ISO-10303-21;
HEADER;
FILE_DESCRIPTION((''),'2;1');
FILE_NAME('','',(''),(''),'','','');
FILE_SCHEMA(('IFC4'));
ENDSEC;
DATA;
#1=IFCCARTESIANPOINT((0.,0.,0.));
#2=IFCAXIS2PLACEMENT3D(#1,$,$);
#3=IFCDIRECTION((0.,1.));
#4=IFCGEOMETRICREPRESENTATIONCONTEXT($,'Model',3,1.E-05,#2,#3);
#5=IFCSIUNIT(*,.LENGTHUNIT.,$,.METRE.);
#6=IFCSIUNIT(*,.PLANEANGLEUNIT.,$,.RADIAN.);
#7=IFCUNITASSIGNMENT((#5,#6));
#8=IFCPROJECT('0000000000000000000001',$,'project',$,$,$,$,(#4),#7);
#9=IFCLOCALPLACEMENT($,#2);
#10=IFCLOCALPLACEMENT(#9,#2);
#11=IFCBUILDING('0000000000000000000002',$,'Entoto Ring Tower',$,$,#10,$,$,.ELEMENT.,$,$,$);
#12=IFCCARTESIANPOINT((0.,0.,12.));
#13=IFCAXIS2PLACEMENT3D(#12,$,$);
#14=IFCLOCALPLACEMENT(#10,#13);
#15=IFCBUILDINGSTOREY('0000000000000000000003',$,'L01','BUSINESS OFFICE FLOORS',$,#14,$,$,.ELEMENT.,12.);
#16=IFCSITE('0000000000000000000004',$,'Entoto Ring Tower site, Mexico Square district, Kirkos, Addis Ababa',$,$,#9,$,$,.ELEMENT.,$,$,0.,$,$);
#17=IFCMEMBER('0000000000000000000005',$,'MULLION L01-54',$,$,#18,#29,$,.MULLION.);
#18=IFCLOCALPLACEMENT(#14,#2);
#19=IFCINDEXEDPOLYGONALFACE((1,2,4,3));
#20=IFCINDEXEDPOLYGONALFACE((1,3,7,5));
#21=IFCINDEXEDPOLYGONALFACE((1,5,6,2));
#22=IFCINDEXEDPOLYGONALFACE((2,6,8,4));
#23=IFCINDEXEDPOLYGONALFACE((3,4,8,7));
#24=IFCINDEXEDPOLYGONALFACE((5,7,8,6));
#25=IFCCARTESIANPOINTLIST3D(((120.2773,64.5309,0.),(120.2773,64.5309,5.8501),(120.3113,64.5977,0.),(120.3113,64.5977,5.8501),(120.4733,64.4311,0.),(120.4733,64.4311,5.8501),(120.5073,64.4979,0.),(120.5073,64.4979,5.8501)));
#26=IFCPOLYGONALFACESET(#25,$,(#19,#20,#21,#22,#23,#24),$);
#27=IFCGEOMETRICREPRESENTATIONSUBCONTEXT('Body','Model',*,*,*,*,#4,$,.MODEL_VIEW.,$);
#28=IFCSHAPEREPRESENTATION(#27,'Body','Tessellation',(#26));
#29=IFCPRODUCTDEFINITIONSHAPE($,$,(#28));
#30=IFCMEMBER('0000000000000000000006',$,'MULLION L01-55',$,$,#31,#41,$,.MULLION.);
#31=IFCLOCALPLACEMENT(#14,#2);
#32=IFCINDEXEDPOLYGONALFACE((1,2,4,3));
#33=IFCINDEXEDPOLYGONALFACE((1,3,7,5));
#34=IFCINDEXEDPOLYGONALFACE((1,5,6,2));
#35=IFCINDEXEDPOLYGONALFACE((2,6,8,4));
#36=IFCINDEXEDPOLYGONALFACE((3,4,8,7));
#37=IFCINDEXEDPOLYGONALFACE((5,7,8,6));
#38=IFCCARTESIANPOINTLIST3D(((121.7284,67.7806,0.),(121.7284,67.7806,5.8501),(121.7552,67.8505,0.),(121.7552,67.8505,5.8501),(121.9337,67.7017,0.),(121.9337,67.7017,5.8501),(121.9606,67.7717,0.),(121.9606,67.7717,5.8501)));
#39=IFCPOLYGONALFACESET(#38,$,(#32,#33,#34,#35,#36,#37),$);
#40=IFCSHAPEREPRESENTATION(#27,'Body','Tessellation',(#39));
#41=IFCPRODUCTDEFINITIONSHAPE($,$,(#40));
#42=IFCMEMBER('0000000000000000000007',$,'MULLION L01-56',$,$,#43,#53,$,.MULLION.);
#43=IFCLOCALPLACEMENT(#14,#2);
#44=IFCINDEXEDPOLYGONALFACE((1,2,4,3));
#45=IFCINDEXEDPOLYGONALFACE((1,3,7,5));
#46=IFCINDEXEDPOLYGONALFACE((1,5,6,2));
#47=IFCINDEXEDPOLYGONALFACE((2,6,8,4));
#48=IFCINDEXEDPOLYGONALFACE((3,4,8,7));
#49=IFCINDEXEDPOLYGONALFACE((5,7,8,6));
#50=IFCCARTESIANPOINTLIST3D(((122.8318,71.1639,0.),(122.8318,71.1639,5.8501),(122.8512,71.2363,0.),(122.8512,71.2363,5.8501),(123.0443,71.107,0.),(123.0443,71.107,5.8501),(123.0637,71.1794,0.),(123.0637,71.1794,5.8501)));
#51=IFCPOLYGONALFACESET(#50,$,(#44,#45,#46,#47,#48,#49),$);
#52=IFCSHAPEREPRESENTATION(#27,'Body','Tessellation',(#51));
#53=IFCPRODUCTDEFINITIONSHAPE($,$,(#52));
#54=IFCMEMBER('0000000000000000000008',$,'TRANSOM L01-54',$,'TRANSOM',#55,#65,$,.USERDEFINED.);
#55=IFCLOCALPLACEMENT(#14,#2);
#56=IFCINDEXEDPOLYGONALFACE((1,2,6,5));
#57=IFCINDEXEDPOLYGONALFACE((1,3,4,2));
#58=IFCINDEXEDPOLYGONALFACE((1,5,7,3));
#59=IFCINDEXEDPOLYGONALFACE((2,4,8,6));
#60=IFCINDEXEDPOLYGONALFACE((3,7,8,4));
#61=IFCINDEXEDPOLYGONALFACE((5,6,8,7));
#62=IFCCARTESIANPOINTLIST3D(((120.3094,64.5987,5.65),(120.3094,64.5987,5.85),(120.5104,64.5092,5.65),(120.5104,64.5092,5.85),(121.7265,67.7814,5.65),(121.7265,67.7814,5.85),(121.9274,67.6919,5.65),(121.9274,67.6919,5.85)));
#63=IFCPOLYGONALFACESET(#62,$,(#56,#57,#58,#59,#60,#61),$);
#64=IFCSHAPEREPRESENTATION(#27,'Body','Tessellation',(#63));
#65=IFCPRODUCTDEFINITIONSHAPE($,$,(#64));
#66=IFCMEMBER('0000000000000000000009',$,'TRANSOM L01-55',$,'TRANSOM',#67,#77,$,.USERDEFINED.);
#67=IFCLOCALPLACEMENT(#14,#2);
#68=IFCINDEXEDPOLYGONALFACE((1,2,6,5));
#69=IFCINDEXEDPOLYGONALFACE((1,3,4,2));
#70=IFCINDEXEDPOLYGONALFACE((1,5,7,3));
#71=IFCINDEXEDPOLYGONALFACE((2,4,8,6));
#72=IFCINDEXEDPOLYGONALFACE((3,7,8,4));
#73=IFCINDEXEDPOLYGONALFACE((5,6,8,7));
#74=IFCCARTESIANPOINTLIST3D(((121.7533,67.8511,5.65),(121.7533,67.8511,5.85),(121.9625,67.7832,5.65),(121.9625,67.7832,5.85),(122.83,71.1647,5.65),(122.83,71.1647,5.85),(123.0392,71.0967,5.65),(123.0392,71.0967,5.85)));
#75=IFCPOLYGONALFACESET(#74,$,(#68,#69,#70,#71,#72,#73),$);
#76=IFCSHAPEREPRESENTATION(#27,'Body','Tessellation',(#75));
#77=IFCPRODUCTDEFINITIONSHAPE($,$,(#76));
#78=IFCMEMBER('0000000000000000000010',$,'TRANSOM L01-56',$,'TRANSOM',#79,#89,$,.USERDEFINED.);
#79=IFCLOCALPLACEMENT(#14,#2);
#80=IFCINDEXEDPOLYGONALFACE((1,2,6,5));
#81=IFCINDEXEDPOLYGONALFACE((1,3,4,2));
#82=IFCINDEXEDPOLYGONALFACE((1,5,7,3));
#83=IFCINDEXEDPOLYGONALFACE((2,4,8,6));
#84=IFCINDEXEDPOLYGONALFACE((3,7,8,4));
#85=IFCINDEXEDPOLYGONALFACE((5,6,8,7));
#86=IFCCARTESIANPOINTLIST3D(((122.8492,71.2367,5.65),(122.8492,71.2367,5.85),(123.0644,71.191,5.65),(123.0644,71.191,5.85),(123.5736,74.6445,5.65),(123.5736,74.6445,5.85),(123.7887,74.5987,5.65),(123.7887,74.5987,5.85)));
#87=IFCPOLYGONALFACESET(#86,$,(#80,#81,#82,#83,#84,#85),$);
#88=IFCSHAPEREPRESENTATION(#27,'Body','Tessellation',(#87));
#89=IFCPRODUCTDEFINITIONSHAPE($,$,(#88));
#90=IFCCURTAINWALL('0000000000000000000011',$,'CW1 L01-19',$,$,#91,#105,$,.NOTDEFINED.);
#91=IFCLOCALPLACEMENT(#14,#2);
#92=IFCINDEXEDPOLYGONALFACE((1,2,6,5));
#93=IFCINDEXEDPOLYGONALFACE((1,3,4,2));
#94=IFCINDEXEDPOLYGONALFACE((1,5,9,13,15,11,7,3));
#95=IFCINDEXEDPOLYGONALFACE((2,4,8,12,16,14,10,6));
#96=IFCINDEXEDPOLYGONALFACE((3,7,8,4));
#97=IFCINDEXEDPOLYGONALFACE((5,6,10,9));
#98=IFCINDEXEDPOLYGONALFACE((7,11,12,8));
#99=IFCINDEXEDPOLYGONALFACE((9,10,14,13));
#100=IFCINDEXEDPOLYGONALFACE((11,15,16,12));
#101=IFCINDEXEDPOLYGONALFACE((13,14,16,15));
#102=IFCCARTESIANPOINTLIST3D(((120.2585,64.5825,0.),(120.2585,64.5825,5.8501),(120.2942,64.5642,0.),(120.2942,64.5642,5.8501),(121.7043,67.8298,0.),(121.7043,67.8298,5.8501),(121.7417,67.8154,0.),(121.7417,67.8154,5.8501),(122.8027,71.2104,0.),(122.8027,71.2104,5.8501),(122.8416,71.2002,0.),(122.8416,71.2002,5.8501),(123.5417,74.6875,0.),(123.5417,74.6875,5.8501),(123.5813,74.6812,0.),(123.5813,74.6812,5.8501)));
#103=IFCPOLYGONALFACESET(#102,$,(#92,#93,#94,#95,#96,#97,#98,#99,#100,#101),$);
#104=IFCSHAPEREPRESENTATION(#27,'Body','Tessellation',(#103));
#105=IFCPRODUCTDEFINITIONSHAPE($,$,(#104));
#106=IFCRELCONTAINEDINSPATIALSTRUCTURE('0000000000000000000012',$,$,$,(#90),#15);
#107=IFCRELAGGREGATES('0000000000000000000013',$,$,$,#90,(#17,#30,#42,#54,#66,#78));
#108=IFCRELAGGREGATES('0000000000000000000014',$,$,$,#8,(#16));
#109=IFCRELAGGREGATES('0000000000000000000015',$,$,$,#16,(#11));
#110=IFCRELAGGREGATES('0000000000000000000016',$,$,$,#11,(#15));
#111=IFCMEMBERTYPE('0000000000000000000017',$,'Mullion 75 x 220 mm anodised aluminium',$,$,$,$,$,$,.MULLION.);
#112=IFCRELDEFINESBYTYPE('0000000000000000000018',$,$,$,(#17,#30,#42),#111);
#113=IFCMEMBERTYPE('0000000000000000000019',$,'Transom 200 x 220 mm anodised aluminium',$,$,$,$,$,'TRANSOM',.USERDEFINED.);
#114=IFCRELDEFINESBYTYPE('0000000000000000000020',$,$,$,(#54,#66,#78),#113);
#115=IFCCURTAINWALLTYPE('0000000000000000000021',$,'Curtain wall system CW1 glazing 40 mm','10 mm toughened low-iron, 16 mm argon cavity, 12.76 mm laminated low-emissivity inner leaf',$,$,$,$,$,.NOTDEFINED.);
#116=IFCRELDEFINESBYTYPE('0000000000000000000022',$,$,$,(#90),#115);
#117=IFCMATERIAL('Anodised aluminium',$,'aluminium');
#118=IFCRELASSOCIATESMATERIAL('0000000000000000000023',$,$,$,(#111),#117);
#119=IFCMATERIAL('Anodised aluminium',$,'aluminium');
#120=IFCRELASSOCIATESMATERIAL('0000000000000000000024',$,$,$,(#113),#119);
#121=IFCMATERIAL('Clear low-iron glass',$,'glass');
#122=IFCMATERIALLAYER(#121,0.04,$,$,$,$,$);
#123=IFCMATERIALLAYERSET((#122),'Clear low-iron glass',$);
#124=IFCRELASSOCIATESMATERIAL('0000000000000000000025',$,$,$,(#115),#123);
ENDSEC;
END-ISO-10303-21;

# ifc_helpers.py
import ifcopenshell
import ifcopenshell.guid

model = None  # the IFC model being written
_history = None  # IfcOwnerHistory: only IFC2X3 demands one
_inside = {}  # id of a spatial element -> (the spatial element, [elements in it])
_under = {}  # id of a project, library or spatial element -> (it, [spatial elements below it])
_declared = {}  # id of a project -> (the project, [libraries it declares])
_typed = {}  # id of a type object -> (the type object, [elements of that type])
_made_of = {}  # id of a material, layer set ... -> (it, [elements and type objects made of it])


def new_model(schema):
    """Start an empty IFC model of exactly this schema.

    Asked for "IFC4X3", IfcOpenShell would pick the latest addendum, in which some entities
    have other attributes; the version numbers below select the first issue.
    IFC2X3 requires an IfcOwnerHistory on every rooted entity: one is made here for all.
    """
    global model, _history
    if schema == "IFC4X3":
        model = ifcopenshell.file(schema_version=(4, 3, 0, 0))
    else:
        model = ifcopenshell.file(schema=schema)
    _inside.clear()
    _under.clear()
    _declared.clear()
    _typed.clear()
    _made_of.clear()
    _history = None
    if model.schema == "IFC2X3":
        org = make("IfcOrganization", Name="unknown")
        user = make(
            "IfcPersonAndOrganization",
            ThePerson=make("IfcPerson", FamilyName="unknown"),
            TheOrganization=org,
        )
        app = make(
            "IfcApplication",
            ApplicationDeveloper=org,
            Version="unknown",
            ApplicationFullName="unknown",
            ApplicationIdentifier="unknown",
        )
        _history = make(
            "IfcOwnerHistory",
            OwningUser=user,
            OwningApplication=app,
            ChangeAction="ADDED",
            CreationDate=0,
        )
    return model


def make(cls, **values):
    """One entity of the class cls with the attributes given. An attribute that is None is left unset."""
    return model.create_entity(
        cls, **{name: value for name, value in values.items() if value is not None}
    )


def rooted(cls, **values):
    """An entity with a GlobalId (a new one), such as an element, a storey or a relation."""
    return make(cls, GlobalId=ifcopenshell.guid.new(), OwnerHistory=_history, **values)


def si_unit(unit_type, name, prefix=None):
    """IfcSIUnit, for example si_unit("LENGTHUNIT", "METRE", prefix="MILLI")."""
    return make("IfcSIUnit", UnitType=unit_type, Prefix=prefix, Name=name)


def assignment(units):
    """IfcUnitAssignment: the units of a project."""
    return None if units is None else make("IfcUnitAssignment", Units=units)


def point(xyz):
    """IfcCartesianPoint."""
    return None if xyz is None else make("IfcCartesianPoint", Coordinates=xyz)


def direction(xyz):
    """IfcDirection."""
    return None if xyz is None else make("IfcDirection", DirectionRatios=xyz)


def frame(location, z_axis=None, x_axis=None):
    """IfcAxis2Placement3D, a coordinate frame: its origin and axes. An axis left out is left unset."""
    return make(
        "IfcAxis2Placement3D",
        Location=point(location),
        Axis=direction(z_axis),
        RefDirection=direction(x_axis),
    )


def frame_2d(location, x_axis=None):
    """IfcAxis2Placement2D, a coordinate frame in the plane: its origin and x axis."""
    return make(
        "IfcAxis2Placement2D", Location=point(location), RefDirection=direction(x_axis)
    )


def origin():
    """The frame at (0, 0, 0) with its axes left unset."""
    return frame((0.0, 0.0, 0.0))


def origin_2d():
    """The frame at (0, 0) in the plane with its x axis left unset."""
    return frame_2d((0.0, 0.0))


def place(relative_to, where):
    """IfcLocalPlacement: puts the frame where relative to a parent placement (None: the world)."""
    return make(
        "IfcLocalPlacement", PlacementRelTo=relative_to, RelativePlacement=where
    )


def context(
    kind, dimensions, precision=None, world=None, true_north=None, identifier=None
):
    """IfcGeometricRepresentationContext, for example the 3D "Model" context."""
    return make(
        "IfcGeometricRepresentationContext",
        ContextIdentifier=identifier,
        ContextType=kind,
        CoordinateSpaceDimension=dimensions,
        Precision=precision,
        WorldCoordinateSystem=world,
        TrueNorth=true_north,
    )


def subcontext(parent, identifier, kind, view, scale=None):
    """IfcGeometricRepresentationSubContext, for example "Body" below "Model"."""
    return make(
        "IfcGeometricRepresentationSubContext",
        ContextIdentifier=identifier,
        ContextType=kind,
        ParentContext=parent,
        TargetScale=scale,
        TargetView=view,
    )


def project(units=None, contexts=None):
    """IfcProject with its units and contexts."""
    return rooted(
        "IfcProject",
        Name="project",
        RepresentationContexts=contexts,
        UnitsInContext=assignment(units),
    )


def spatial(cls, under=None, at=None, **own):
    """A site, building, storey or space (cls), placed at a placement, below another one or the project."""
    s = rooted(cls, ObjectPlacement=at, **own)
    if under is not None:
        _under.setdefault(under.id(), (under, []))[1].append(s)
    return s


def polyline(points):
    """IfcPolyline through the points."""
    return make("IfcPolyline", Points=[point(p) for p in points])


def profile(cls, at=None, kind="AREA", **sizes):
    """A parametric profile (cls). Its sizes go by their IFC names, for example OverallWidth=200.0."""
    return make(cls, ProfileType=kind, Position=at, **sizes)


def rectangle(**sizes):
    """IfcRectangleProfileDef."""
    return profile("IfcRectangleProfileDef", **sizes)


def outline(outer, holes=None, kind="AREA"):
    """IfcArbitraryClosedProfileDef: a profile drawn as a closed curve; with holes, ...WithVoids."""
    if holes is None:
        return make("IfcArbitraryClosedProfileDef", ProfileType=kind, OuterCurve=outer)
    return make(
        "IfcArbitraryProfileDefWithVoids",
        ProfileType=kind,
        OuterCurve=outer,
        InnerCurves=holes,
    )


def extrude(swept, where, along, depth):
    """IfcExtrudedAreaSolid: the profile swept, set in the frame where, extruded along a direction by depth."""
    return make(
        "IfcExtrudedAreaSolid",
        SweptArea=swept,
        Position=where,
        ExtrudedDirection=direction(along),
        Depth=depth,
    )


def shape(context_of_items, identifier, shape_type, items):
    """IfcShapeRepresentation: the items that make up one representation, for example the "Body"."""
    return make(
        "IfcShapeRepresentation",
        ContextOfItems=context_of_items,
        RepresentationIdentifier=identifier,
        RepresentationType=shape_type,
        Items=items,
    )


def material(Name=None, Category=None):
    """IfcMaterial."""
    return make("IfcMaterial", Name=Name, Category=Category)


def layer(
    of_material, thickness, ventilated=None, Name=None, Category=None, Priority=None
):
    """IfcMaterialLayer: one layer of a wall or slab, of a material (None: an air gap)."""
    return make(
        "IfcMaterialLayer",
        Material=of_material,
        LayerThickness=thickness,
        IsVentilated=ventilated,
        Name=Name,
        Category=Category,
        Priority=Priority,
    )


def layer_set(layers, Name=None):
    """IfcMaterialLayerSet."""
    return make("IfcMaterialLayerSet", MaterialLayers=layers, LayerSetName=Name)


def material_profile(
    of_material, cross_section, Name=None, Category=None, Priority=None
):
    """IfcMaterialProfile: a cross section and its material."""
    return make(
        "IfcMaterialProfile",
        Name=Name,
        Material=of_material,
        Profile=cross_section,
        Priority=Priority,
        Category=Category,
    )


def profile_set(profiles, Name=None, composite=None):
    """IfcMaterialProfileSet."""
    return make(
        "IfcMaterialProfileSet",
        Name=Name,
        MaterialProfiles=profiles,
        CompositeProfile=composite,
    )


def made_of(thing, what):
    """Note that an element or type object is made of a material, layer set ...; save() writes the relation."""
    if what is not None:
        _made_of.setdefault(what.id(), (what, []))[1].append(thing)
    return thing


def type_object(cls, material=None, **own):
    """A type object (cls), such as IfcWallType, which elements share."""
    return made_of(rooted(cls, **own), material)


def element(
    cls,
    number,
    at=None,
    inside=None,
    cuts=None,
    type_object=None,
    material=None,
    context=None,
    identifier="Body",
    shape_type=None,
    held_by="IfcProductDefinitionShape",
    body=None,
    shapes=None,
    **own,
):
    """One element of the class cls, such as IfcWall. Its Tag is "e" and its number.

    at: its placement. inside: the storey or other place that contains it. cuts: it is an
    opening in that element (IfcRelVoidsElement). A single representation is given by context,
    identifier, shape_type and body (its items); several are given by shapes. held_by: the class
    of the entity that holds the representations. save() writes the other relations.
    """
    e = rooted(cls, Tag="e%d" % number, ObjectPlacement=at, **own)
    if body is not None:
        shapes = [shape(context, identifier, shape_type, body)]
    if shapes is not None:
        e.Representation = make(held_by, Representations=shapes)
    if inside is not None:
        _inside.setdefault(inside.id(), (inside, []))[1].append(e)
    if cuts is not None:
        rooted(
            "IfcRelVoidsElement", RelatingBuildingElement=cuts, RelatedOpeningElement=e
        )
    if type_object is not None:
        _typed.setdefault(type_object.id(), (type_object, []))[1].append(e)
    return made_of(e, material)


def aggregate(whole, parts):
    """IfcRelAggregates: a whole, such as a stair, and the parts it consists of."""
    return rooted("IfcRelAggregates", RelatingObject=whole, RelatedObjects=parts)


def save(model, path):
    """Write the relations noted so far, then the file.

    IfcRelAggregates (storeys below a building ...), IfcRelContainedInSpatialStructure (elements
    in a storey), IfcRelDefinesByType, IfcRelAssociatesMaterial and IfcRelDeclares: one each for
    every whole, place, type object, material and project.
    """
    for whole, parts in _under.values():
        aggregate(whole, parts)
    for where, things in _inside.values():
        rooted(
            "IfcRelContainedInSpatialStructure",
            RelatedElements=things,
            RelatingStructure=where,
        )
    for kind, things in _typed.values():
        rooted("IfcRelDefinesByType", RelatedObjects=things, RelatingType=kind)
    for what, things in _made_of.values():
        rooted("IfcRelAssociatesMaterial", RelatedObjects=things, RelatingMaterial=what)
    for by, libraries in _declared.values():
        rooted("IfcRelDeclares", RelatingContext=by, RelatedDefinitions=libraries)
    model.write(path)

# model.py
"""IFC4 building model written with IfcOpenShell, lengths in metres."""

from ifc_helpers import new_model, si_unit, direction, frame, origin, origin_2d, place, context, subcontext, project, spatial, polyline, rectangle, outline, extrude, material, layer, layer_set, material_profile, profile_set, type_object, element, aggregate, save


model = new_model("IFC4")

# Units and contexts
model_context = context("Model", 3, precision=1e-05, world=origin(), true_north=direction((0.0, 1.0)))
body_context = subcontext(model_context, "Body", "Model", "MODEL_VIEW")
ifc_project = project(units=[si_unit("LENGTHUNIT", "METRE"), si_unit("PLANEANGLEUNIT", "RADIAN")], contexts=[model_context])

# Site, building, storey
site_placement = place(None, origin())
site = spatial("IfcSite", under=ifc_project, at=site_placement, Name="Entoto Ring Tower site, Mexico Square district, Kirkos, Addis Ababa", CompositionType="ELEMENT", RefElevation=0.0)
building_placement = place(site_placement, origin())
building = spatial("IfcBuilding", under=site, at=building_placement, Name="Entoto Ring Tower", CompositionType="ELEMENT")
storey_placement = place(building_placement, frame((0.0, 0.0, 12.0)))
storey = spatial("IfcBuildingStorey", under=building, at=storey_placement, Name="L01", Description="BUSINESS OFFICE FLOORS", CompositionType="ELEMENT", Elevation=12.0)

# Members
ifc_material_1 = material(Name="Anodised aluminium", Category="aluminium")
ifc_material_profile_1 = material_profile(ifc_material_1, rectangle(XDim=0.075, YDim=0.22, at=origin_2d()), Name="Mullion 75 x 220 mm anodised aluminium")
ifc_profile_set_1 = profile_set([ifc_material_profile_1], Name="Anodised aluminium")
member_type_1 = type_object("IfcMemberType", Name="Mullion 75 x 220 mm anodised aluminium", PredefinedType="MULLION", material=ifc_profile_set_1)
member_1_placement = place(storey_placement, frame((120.3923, 64.5144, 0.0), z_axis=(0.0, 0.0, 1.0), x_axis=(0.45399, 0.891007, 0.0)))
member_1 = element("IfcMember", 1, at=member_1_placement, type_object=member_type_1, Name="MULLION L01-54", PredefinedType="MULLION", context=body_context, shape_type="SweptSolid", body=[
    extrude(rectangle(XDim=0.075, YDim=0.22, at=origin_2d()), origin(), (0.0, 0.0, 1.0), 5.8501),
])
member_2_placement = place(storey_placement, frame((121.8445, 67.7761, 0.0), z_axis=(0.0, 0.0, 1.0), x_axis=(0.358368, 0.93358, 0.0)))
member_2 = element("IfcMember", 2, at=member_2_placement, type_object=member_type_1, Name="MULLION L01-55", PredefinedType="MULLION", context=body_context, shape_type="SweptSolid", body=[
    extrude(rectangle(XDim=0.075, YDim=0.22, at=origin_2d()), origin(), (0.0, 0.0, 1.0), 5.8501),
])
member_3_placement = place(storey_placement, frame((122.9478, 71.1716, 0.0), z_axis=(0.0, 0.0, 1.0), x_axis=(0.258819, 0.965926, 0.0)))
member_3 = element("IfcMember", 3, at=member_3_placement, type_object=member_type_1, Name="MULLION L01-56", PredefinedType="MULLION", context=body_context, shape_type="SweptSolid", body=[
    extrude(rectangle(XDim=0.075, YDim=0.22, at=origin_2d()), origin(), (0.0, 0.0, 1.0), 5.8501),
])

# Members
ifc_material_2 = material(Name="Anodised aluminium", Category="aluminium")
ifc_material_profile_2 = material_profile(ifc_material_2, rectangle(XDim=0.22, YDim=0.2, at=origin_2d()), Name="Transom 200 x 220 mm anodised aluminium")
ifc_profile_set_2 = profile_set([ifc_material_profile_2], Name="Anodised aluminium")
member_type_2 = type_object("IfcMemberType", Name="Transom 200 x 220 mm anodised aluminium", ElementType="TRANSOM", PredefinedType="USERDEFINED", material=ifc_profile_set_2)
member_4_placement = place(storey_placement, frame((120.4099, 64.554, 5.75), z_axis=(0.406737, 0.913545, 0.0), x_axis=(-0.913545, 0.406737, 0.0)))
member_4 = element("IfcMember", 4, at=member_4_placement, type_object=member_type_2, Name="TRANSOM L01-54", ObjectType="TRANSOM", PredefinedType="USERDEFINED", context=body_context, shape_type="SweptSolid", body=[
    extrude(rectangle(XDim=0.22, YDim=0.2, at=origin_2d()), origin(), (0.0, 0.0, 1.0), 3.4839),
])
member_5_placement = place(storey_placement, frame((121.8579, 67.8171, 5.75), z_axis=(0.309029, 0.951053, 0.0), x_axis=(-0.951053, 0.309029, 0.0)))
member_5 = element("IfcMember", 5, at=member_5_placement, type_object=member_type_2, Name="TRANSOM L01-55", ObjectType="TRANSOM", PredefinedType="USERDEFINED", context=body_context, shape_type="SweptSolid", body=[
    extrude(rectangle(XDim=0.22, YDim=0.2, at=origin_2d()), origin(), (0.0, 0.0, 1.0), 3.4841),
])
member_6_placement = place(storey_placement, frame((122.9568, 71.2139, 5.75), z_axis=(0.207921, 0.978146, 0.0), x_axis=(-0.978146, 0.207921, 0.0)))
member_6 = element("IfcMember", 6, at=member_6_placement, type_object=member_type_2, Name="TRANSOM L01-56", ObjectType="TRANSOM", PredefinedType="USERDEFINED", context=body_context, shape_type="SweptSolid", body=[
    extrude(rectangle(XDim=0.22, YDim=0.2, at=origin_2d()), origin(), (0.0, 0.0, 1.0), 3.4839),
])

# Curtain wall
ifc_material_3 = material(Name="Clear low-iron glass", Category="glass")
ifc_layer_1 = layer(ifc_material_3, 0.04)
ifc_layer_set_1 = layer_set([ifc_layer_1], Name="Clear low-iron glass")
curtain_wall_type = type_object("IfcCurtainWallType", Name="Curtain wall system CW1 glazing 40 mm", Description="10 mm toughened low-iron, 16 mm argon cavity, 12.76 mm laminated low-emissivity inner leaf", PredefinedType="NOTDEFINED", material=ifc_layer_set_1)
curtain_wall_1_placement = place(storey_placement, origin())
curtain_wall_1 = element("IfcCurtainWall", 7, at=curtain_wall_1_placement, inside=storey, type_object=curtain_wall_type, Name="CW1 L01-19", PredefinedType="NOTDEFINED", context=body_context, shape_type="SweptSolid", body=[
    extrude(outline(polyline([(120.2942, 64.5642), (121.7417, 67.8154), (122.8416, 71.2002), (123.5813, 74.6812), (123.5417, 74.6875), (122.8027, 71.2104), (121.7043, 67.8298), (120.2585, 64.5825), (120.2942, 64.5642)])), origin(), (0.0, 0.0, 1.0), 5.8501),
])
aggregate(curtain_wall_1, [member_1, member_2, member_3, member_4, member_5, member_6])

save(model, "model.ifc")
